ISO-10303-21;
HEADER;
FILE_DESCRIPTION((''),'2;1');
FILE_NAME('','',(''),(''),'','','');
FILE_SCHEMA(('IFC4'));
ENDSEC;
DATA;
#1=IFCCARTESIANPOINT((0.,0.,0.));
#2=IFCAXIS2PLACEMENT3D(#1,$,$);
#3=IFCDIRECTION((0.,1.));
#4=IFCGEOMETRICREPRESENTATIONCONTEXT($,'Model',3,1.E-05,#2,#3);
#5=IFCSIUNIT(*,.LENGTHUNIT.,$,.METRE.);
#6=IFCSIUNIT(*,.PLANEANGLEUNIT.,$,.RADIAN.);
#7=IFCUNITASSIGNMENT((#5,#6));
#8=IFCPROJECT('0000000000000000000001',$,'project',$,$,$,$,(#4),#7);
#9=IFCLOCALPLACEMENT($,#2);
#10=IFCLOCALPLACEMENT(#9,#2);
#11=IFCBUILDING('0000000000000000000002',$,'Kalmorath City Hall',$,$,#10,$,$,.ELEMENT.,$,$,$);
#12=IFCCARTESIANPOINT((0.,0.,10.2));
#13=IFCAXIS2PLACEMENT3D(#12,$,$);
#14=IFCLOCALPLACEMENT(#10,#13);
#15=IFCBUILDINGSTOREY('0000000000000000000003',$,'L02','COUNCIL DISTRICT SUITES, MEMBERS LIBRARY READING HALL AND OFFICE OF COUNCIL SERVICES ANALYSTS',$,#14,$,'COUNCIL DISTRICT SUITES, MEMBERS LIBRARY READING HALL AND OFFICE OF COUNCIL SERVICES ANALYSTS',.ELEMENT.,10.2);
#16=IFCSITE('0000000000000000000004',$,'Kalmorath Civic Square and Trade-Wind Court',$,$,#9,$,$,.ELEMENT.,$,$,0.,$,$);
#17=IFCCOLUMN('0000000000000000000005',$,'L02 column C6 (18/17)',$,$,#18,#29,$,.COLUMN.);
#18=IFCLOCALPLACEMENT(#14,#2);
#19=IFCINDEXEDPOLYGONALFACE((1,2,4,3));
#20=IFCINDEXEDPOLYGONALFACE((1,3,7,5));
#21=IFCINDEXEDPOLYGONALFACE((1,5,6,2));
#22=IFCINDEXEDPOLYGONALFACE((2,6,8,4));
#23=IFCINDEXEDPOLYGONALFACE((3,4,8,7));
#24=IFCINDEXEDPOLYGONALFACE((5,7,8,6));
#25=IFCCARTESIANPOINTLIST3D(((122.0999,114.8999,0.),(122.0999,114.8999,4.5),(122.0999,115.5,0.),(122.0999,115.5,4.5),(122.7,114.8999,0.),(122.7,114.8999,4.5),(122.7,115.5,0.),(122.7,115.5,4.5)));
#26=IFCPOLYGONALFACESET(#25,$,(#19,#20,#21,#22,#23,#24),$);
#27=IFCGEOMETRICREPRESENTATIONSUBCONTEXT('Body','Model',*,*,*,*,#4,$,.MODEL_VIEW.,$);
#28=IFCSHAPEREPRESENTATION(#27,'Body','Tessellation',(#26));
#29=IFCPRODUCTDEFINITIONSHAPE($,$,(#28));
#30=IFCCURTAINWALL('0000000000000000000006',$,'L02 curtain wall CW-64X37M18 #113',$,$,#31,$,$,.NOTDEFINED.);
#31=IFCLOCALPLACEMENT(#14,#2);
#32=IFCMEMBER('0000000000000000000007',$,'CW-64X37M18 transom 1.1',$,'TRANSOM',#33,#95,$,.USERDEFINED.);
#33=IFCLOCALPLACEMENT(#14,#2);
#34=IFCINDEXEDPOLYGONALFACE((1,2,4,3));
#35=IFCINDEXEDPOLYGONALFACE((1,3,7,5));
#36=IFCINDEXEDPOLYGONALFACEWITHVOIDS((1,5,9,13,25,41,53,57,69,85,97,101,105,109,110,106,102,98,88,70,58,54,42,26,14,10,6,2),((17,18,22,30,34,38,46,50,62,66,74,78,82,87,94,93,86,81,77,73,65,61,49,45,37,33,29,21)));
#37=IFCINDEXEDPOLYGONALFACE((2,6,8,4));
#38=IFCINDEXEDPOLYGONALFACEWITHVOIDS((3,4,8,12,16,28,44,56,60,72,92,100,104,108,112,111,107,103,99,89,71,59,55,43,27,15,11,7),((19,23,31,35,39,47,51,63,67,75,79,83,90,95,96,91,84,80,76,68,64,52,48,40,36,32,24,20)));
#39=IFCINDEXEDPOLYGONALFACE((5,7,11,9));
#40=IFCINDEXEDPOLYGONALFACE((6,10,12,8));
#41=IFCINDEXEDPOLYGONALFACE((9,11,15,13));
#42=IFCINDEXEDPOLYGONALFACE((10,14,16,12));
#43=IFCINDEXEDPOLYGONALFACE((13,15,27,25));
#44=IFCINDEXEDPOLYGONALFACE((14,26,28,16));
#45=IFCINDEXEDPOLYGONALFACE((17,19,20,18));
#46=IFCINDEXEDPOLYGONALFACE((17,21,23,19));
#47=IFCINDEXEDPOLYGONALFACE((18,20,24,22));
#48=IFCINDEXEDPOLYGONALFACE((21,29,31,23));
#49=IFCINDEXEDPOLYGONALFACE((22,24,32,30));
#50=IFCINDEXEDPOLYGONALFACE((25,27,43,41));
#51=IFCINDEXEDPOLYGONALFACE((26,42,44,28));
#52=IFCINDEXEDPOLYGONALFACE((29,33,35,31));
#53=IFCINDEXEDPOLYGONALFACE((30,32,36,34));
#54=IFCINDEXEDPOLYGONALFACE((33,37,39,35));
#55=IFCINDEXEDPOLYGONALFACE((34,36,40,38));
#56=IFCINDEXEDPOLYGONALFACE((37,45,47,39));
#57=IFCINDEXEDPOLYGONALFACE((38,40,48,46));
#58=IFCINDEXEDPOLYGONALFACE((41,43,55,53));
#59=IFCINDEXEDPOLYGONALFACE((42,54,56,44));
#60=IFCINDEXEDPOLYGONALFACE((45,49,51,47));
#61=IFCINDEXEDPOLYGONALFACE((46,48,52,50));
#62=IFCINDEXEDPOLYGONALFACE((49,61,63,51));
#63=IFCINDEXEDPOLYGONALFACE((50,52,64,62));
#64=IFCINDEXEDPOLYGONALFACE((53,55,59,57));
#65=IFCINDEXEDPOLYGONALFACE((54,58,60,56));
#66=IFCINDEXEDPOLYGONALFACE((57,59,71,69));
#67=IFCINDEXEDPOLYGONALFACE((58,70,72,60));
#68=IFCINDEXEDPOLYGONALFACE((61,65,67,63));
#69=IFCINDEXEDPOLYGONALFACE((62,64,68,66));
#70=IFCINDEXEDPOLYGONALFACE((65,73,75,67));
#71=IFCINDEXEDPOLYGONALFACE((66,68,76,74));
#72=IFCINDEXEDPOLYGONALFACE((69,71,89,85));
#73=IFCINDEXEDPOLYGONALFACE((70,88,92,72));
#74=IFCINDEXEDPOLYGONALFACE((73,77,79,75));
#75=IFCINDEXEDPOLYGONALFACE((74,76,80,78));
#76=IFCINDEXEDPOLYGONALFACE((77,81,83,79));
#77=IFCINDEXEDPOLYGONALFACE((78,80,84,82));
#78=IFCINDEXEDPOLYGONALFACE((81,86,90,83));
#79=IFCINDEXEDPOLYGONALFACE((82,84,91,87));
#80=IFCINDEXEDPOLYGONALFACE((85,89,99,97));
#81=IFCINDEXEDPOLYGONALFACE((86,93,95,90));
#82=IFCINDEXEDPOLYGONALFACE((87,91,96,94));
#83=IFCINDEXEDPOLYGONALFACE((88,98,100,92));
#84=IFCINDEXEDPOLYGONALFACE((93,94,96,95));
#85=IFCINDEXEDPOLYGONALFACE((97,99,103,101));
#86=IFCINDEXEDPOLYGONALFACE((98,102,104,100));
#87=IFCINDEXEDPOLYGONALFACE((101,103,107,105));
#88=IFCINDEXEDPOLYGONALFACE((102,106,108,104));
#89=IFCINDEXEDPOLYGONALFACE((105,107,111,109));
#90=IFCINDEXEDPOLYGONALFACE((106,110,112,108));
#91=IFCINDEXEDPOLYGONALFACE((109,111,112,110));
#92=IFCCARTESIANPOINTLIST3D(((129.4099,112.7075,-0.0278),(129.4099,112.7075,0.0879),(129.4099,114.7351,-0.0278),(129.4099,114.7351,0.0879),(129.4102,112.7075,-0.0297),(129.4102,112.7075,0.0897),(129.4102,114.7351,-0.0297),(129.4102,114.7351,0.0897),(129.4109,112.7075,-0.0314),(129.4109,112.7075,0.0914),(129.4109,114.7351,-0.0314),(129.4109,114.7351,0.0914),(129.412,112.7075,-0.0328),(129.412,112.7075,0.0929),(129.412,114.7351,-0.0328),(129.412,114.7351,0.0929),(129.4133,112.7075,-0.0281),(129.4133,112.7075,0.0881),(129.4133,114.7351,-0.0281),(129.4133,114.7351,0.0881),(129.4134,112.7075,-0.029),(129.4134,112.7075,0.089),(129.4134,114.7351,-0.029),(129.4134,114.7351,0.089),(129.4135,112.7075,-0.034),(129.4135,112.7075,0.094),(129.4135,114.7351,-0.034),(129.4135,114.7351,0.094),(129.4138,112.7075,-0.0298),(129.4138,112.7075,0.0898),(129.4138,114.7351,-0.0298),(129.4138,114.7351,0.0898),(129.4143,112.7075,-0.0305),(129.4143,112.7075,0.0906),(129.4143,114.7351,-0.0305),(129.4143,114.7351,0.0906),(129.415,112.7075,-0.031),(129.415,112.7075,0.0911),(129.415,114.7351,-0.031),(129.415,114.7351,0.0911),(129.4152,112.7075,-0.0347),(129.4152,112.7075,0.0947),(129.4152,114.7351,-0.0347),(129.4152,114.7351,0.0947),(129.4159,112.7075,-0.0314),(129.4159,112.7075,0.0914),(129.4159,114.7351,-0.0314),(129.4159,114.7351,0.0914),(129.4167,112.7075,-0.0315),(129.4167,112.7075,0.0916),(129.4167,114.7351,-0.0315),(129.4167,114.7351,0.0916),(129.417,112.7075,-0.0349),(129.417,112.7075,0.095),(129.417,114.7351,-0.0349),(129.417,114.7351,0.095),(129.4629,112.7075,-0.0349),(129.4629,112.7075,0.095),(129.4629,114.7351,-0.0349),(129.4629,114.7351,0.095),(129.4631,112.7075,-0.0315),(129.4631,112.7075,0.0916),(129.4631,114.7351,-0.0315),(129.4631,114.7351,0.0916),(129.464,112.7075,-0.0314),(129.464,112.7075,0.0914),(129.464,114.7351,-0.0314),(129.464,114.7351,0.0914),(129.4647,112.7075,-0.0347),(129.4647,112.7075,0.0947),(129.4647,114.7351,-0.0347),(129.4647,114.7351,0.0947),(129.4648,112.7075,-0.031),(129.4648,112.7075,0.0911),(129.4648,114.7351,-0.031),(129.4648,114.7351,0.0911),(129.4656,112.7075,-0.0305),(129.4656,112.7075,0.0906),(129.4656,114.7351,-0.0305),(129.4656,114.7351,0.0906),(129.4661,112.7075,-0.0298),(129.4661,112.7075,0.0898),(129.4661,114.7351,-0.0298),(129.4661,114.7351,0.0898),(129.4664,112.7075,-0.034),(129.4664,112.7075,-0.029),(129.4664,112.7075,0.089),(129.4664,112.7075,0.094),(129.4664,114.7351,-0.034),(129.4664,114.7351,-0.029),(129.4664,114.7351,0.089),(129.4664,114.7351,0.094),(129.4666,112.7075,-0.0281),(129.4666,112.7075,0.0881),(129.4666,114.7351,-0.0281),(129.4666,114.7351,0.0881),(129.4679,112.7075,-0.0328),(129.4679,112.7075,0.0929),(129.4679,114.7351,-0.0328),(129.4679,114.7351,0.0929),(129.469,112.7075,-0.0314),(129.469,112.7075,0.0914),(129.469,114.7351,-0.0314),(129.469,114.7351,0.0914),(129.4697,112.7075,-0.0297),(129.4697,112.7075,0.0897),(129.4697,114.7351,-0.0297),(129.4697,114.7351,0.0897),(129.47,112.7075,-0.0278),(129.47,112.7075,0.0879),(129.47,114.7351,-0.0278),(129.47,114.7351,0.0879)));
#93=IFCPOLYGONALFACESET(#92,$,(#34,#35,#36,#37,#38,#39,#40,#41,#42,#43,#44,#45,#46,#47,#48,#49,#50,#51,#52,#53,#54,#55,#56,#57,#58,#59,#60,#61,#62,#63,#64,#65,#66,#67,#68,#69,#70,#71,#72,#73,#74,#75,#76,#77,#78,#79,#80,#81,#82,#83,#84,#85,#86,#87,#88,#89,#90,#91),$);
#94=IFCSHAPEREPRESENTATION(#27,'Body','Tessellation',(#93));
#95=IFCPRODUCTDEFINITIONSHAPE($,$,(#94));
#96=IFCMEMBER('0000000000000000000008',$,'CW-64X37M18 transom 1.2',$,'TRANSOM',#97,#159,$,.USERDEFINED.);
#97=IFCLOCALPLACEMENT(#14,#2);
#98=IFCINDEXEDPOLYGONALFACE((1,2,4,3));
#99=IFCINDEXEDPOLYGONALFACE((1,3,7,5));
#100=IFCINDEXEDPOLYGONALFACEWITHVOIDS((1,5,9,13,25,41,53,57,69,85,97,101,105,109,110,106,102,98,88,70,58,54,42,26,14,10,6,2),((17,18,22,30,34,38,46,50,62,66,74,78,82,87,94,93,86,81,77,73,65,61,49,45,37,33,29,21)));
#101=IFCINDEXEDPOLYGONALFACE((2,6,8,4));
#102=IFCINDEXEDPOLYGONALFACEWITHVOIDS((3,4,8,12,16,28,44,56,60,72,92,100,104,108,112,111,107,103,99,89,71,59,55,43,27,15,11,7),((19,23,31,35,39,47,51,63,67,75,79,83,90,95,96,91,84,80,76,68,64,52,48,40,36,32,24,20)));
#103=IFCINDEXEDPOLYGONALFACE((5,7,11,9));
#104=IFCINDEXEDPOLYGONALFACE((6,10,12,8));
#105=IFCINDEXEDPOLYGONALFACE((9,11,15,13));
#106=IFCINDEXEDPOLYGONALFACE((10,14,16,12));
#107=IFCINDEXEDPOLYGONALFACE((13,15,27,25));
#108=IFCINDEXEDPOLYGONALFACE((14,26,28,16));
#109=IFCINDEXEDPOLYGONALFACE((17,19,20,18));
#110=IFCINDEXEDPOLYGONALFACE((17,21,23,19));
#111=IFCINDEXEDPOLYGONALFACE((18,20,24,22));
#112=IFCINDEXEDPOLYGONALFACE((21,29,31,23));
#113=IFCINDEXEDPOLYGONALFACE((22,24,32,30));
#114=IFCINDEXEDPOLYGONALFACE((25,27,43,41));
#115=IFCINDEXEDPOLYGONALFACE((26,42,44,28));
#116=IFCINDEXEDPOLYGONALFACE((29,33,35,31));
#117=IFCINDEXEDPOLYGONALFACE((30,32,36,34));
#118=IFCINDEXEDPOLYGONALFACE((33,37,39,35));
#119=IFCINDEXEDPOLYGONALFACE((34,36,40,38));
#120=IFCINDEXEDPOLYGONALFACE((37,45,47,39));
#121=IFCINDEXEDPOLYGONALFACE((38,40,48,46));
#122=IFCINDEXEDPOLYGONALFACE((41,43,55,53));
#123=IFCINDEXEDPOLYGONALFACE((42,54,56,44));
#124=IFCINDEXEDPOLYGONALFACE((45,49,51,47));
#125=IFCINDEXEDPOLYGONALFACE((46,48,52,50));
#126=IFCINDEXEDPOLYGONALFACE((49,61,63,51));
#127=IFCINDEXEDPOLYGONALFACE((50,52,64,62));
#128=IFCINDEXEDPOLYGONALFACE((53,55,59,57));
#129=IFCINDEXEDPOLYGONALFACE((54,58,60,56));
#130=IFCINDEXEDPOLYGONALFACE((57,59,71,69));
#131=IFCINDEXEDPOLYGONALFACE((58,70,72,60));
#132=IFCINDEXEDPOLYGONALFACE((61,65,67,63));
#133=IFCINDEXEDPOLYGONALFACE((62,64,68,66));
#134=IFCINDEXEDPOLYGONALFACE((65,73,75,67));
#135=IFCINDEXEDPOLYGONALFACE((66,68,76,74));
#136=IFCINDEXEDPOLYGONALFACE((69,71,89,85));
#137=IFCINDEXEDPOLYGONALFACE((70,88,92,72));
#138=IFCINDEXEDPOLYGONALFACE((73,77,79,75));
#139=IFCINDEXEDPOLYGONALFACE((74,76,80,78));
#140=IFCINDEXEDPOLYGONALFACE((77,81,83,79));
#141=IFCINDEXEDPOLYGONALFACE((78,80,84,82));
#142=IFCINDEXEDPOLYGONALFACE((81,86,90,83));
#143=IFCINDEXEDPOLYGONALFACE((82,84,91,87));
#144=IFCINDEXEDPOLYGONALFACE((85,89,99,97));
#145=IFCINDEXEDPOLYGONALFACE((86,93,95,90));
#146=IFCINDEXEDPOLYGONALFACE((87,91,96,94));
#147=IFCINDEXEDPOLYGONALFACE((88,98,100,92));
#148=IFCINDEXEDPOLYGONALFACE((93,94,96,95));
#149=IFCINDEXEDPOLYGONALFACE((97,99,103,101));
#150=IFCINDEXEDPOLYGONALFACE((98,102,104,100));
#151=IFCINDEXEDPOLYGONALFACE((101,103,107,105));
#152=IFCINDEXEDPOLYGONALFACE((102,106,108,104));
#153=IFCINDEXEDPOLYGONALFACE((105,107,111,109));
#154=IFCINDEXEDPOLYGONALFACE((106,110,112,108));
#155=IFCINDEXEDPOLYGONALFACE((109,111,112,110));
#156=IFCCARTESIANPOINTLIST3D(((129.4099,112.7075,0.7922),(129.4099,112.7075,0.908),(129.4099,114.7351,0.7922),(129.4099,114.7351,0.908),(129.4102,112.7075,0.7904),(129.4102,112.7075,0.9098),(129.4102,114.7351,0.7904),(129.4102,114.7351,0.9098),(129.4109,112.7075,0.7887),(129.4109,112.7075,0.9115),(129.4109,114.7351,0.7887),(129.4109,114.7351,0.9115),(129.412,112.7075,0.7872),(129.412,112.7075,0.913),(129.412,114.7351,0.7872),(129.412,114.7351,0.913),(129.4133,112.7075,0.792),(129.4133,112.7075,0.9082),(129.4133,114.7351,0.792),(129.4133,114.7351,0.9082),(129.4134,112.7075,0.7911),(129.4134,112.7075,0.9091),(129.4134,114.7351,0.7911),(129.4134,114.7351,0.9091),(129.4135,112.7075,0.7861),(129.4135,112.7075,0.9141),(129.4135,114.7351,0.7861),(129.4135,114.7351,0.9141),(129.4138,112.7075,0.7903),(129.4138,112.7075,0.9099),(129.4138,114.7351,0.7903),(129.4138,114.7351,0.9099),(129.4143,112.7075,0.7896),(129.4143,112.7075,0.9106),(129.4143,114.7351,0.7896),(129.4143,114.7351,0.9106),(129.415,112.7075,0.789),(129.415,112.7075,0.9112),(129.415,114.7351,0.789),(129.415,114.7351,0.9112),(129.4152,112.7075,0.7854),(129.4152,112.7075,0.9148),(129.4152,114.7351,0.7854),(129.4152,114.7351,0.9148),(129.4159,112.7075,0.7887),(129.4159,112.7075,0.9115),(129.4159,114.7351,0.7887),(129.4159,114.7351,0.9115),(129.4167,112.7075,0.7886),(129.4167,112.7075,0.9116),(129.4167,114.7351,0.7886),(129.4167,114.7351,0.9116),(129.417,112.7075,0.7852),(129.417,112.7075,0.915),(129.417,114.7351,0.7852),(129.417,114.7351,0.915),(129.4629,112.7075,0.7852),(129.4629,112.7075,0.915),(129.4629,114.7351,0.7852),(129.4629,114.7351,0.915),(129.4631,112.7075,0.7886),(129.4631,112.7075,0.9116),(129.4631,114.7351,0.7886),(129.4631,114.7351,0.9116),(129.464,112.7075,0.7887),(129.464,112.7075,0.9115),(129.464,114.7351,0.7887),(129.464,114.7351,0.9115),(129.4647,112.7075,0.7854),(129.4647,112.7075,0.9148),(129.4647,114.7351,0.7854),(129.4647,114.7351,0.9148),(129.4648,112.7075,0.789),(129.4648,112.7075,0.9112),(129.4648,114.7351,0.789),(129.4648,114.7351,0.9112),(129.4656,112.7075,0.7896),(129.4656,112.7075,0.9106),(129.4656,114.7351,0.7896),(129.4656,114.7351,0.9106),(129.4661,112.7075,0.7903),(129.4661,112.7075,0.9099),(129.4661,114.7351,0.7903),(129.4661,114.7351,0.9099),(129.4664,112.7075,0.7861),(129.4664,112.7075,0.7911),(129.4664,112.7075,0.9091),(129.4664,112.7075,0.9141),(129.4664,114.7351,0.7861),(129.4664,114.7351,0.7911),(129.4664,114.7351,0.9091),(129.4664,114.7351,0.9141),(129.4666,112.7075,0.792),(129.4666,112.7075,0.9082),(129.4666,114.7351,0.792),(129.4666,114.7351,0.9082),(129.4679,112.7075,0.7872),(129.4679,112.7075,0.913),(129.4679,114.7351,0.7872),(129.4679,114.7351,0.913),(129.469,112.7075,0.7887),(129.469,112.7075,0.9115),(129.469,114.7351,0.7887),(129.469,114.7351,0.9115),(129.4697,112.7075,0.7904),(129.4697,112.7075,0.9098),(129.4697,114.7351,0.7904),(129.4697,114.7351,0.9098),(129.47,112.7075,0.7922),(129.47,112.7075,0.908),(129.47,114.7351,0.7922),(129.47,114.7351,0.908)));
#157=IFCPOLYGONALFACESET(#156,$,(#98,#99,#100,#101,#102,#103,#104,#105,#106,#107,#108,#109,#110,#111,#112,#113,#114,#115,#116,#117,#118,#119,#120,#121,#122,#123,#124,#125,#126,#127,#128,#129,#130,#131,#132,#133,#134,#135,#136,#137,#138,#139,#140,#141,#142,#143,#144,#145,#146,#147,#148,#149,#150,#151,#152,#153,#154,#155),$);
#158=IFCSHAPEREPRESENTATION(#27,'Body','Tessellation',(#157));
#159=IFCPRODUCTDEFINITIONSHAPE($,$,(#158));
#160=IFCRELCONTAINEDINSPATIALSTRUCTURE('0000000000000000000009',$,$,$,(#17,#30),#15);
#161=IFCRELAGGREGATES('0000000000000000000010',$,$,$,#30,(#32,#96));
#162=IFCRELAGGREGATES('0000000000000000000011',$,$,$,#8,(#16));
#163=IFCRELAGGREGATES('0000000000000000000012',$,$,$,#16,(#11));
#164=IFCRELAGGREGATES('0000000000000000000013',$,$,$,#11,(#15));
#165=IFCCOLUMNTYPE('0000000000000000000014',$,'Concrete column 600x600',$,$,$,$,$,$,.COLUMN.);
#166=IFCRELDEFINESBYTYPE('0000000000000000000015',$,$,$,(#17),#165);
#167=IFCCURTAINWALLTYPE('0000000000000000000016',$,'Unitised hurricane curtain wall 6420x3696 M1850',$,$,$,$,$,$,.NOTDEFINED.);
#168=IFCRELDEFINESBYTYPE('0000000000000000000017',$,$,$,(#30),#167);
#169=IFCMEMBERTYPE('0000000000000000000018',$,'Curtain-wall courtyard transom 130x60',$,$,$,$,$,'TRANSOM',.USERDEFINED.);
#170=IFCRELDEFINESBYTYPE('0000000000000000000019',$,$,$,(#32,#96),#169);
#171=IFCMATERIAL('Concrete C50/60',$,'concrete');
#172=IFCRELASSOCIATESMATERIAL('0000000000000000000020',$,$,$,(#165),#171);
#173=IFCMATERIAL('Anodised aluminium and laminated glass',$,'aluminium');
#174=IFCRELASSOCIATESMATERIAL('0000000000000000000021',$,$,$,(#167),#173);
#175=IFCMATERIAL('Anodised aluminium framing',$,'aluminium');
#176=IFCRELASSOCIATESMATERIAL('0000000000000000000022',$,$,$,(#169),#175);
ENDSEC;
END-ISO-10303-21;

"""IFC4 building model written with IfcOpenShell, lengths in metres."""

from ifc_helpers import new_model, si_unit, direction, frame, origin, origin_2d, place, context, subcontext, project, spatial, rectangle, hollow_rectangle, extrude, material, material_profile, profile_set, type_object, element, aggregate, save


model = new_model("IFC4")

# Units and contexts
model_context = context("Model", 3, precision=1e-05, world=origin(), true_north=direction((0.0, 1.0)))
body_context = subcontext(model_context, "Body", "Model", "MODEL_VIEW")
ifc_project = project(units=[si_unit("LENGTHUNIT", "METRE"), si_unit("PLANEANGLEUNIT", "RADIAN")], contexts=[model_context])

# Site, building, storey
site_placement = place(None, origin())
site = spatial("IfcSite", under=ifc_project, at=site_placement, Name="Kalmorath Civic Square and Trade-Wind Court", CompositionType="ELEMENT", RefElevation=0.0)
building_placement = place(site_placement, origin())
building = spatial("IfcBuilding", under=site, at=building_placement, Name="Kalmorath City Hall", CompositionType="ELEMENT")
storey_placement = place(building_placement, frame((0.0, 0.0, 10.2)))
storey = spatial("IfcBuildingStorey", under=building, at=storey_placement, Name="L02", Description="COUNCIL DISTRICT SUITES, MEMBERS LIBRARY READING HALL AND OFFICE OF COUNCIL SERVICES ANALYSTS", LongName="COUNCIL DISTRICT SUITES, MEMBERS LIBRARY READING HALL AND OFFICE OF COUNCIL SERVICES ANALYSTS", CompositionType="ELEMENT", Elevation=10.2)

# Column
ifc_material_1 = material(Name="Concrete C50/60", Category="concrete")
ifc_material_profile_1 = material_profile(ifc_material_1, rectangle(XDim=0.6001, YDim=0.6001, at=origin_2d()), Name="RC-COL-600X600")
ifc_profile_set_1 = profile_set([ifc_material_profile_1], Name="Concrete C50/60")
column_type = type_object("IfcColumnType", Name="Concrete column 600x600", PredefinedType="COLUMN", material=ifc_profile_set_1)
column_placement = place(storey_placement, frame((122.3999, 115.2, 0.0), z_axis=(0.0, 0.0, 1.0), x_axis=(1.0, 0.0, 0.0)))
element("IfcColumn", 1, at=column_placement, inside=storey, type_object=column_type, Name="L02 column C6 (18/17)", PredefinedType="COLUMN", context=body_context, shape_type="SweptSolid", body=[
    extrude(rectangle(XDim=0.6001, YDim=0.6001, at=origin_2d()), origin(), (0.0, 0.0, 1.0), 4.5),
])

# Curtain wall, members
ifc_material_2 = material(Name="Anodised aluminium and laminated glass", Category="aluminium")
curtain_wall_type = type_object("IfcCurtainWallType", Name="Unitised hurricane curtain wall 6420x3696 M1850", PredefinedType="NOTDEFINED", material=ifc_material_2)
curtain_wall_placement = place(storey_placement, origin())
curtain_wall = element("IfcCurtainWall", 2, at=curtain_wall_placement, inside=storey, type_object=curtain_wall_type, Name="L02 curtain wall CW-64X37M18 #113", PredefinedType="NOTDEFINED")
ifc_material_3 = material(Name="Anodised aluminium framing", Category="aluminium")
ifc_material_profile_2 = material_profile(ifc_material_3, hollow_rectangle(XDim=0.0601, YDim=0.1299, WallThickness=0.0034, InnerFilletRadius=0.0034, OuterFilletRadius=0.0071, at=origin_2d()), Name="ALU-TRN-130X60X3.5")
ifc_profile_set_2 = profile_set([ifc_material_profile_2], Name="Anodised aluminium framing")
member_type_1 = type_object("IfcMemberType", Name="Curtain-wall courtyard transom 130x60", ElementType="TRANSOM", PredefinedType="USERDEFINED", material=ifc_profile_set_2)
member_1_placement = place(storey_placement, frame((129.4399, 114.7351, 0.03), z_axis=(0.0, -1.0, 0.0), x_axis=(1.0, 0.0, 0.0)))
member_1 = element("IfcMember", 3, at=member_1_placement, type_object=member_type_1, Name="CW-64X37M18 transom 1.1", ObjectType="TRANSOM", PredefinedType="USERDEFINED", context=body_context, shape_type="SweptSolid", body=[
    extrude(hollow_rectangle(XDim=0.0601, YDim=0.1299, WallThickness=0.0034, InnerFilletRadius=0.0034, OuterFilletRadius=0.0071, at=origin_2d()), origin(), (0.0, 0.0, 1.0), 2.0276),
])
member_2_placement = place(storey_placement, frame((129.4399, 114.7351, 0.8501), z_axis=(0.0, -1.0, 0.0), x_axis=(1.0, 0.0, 0.0)))
member_2 = element("IfcMember", 4, at=member_2_placement, type_object=member_type_1, Name="CW-64X37M18 transom 1.2", ObjectType="TRANSOM", PredefinedType="USERDEFINED", context=body_context, shape_type="SweptSolid", body=[
    extrude(hollow_rectangle(XDim=0.0601, YDim=0.1299, WallThickness=0.0034, InnerFilletRadius=0.0034, OuterFilletRadius=0.0071, at=origin_2d()), origin(), (0.0, 0.0, 1.0), 2.0276),
])

aggregate(curtain_wall, [member_1, member_2])

save(model, "model.ifc")
